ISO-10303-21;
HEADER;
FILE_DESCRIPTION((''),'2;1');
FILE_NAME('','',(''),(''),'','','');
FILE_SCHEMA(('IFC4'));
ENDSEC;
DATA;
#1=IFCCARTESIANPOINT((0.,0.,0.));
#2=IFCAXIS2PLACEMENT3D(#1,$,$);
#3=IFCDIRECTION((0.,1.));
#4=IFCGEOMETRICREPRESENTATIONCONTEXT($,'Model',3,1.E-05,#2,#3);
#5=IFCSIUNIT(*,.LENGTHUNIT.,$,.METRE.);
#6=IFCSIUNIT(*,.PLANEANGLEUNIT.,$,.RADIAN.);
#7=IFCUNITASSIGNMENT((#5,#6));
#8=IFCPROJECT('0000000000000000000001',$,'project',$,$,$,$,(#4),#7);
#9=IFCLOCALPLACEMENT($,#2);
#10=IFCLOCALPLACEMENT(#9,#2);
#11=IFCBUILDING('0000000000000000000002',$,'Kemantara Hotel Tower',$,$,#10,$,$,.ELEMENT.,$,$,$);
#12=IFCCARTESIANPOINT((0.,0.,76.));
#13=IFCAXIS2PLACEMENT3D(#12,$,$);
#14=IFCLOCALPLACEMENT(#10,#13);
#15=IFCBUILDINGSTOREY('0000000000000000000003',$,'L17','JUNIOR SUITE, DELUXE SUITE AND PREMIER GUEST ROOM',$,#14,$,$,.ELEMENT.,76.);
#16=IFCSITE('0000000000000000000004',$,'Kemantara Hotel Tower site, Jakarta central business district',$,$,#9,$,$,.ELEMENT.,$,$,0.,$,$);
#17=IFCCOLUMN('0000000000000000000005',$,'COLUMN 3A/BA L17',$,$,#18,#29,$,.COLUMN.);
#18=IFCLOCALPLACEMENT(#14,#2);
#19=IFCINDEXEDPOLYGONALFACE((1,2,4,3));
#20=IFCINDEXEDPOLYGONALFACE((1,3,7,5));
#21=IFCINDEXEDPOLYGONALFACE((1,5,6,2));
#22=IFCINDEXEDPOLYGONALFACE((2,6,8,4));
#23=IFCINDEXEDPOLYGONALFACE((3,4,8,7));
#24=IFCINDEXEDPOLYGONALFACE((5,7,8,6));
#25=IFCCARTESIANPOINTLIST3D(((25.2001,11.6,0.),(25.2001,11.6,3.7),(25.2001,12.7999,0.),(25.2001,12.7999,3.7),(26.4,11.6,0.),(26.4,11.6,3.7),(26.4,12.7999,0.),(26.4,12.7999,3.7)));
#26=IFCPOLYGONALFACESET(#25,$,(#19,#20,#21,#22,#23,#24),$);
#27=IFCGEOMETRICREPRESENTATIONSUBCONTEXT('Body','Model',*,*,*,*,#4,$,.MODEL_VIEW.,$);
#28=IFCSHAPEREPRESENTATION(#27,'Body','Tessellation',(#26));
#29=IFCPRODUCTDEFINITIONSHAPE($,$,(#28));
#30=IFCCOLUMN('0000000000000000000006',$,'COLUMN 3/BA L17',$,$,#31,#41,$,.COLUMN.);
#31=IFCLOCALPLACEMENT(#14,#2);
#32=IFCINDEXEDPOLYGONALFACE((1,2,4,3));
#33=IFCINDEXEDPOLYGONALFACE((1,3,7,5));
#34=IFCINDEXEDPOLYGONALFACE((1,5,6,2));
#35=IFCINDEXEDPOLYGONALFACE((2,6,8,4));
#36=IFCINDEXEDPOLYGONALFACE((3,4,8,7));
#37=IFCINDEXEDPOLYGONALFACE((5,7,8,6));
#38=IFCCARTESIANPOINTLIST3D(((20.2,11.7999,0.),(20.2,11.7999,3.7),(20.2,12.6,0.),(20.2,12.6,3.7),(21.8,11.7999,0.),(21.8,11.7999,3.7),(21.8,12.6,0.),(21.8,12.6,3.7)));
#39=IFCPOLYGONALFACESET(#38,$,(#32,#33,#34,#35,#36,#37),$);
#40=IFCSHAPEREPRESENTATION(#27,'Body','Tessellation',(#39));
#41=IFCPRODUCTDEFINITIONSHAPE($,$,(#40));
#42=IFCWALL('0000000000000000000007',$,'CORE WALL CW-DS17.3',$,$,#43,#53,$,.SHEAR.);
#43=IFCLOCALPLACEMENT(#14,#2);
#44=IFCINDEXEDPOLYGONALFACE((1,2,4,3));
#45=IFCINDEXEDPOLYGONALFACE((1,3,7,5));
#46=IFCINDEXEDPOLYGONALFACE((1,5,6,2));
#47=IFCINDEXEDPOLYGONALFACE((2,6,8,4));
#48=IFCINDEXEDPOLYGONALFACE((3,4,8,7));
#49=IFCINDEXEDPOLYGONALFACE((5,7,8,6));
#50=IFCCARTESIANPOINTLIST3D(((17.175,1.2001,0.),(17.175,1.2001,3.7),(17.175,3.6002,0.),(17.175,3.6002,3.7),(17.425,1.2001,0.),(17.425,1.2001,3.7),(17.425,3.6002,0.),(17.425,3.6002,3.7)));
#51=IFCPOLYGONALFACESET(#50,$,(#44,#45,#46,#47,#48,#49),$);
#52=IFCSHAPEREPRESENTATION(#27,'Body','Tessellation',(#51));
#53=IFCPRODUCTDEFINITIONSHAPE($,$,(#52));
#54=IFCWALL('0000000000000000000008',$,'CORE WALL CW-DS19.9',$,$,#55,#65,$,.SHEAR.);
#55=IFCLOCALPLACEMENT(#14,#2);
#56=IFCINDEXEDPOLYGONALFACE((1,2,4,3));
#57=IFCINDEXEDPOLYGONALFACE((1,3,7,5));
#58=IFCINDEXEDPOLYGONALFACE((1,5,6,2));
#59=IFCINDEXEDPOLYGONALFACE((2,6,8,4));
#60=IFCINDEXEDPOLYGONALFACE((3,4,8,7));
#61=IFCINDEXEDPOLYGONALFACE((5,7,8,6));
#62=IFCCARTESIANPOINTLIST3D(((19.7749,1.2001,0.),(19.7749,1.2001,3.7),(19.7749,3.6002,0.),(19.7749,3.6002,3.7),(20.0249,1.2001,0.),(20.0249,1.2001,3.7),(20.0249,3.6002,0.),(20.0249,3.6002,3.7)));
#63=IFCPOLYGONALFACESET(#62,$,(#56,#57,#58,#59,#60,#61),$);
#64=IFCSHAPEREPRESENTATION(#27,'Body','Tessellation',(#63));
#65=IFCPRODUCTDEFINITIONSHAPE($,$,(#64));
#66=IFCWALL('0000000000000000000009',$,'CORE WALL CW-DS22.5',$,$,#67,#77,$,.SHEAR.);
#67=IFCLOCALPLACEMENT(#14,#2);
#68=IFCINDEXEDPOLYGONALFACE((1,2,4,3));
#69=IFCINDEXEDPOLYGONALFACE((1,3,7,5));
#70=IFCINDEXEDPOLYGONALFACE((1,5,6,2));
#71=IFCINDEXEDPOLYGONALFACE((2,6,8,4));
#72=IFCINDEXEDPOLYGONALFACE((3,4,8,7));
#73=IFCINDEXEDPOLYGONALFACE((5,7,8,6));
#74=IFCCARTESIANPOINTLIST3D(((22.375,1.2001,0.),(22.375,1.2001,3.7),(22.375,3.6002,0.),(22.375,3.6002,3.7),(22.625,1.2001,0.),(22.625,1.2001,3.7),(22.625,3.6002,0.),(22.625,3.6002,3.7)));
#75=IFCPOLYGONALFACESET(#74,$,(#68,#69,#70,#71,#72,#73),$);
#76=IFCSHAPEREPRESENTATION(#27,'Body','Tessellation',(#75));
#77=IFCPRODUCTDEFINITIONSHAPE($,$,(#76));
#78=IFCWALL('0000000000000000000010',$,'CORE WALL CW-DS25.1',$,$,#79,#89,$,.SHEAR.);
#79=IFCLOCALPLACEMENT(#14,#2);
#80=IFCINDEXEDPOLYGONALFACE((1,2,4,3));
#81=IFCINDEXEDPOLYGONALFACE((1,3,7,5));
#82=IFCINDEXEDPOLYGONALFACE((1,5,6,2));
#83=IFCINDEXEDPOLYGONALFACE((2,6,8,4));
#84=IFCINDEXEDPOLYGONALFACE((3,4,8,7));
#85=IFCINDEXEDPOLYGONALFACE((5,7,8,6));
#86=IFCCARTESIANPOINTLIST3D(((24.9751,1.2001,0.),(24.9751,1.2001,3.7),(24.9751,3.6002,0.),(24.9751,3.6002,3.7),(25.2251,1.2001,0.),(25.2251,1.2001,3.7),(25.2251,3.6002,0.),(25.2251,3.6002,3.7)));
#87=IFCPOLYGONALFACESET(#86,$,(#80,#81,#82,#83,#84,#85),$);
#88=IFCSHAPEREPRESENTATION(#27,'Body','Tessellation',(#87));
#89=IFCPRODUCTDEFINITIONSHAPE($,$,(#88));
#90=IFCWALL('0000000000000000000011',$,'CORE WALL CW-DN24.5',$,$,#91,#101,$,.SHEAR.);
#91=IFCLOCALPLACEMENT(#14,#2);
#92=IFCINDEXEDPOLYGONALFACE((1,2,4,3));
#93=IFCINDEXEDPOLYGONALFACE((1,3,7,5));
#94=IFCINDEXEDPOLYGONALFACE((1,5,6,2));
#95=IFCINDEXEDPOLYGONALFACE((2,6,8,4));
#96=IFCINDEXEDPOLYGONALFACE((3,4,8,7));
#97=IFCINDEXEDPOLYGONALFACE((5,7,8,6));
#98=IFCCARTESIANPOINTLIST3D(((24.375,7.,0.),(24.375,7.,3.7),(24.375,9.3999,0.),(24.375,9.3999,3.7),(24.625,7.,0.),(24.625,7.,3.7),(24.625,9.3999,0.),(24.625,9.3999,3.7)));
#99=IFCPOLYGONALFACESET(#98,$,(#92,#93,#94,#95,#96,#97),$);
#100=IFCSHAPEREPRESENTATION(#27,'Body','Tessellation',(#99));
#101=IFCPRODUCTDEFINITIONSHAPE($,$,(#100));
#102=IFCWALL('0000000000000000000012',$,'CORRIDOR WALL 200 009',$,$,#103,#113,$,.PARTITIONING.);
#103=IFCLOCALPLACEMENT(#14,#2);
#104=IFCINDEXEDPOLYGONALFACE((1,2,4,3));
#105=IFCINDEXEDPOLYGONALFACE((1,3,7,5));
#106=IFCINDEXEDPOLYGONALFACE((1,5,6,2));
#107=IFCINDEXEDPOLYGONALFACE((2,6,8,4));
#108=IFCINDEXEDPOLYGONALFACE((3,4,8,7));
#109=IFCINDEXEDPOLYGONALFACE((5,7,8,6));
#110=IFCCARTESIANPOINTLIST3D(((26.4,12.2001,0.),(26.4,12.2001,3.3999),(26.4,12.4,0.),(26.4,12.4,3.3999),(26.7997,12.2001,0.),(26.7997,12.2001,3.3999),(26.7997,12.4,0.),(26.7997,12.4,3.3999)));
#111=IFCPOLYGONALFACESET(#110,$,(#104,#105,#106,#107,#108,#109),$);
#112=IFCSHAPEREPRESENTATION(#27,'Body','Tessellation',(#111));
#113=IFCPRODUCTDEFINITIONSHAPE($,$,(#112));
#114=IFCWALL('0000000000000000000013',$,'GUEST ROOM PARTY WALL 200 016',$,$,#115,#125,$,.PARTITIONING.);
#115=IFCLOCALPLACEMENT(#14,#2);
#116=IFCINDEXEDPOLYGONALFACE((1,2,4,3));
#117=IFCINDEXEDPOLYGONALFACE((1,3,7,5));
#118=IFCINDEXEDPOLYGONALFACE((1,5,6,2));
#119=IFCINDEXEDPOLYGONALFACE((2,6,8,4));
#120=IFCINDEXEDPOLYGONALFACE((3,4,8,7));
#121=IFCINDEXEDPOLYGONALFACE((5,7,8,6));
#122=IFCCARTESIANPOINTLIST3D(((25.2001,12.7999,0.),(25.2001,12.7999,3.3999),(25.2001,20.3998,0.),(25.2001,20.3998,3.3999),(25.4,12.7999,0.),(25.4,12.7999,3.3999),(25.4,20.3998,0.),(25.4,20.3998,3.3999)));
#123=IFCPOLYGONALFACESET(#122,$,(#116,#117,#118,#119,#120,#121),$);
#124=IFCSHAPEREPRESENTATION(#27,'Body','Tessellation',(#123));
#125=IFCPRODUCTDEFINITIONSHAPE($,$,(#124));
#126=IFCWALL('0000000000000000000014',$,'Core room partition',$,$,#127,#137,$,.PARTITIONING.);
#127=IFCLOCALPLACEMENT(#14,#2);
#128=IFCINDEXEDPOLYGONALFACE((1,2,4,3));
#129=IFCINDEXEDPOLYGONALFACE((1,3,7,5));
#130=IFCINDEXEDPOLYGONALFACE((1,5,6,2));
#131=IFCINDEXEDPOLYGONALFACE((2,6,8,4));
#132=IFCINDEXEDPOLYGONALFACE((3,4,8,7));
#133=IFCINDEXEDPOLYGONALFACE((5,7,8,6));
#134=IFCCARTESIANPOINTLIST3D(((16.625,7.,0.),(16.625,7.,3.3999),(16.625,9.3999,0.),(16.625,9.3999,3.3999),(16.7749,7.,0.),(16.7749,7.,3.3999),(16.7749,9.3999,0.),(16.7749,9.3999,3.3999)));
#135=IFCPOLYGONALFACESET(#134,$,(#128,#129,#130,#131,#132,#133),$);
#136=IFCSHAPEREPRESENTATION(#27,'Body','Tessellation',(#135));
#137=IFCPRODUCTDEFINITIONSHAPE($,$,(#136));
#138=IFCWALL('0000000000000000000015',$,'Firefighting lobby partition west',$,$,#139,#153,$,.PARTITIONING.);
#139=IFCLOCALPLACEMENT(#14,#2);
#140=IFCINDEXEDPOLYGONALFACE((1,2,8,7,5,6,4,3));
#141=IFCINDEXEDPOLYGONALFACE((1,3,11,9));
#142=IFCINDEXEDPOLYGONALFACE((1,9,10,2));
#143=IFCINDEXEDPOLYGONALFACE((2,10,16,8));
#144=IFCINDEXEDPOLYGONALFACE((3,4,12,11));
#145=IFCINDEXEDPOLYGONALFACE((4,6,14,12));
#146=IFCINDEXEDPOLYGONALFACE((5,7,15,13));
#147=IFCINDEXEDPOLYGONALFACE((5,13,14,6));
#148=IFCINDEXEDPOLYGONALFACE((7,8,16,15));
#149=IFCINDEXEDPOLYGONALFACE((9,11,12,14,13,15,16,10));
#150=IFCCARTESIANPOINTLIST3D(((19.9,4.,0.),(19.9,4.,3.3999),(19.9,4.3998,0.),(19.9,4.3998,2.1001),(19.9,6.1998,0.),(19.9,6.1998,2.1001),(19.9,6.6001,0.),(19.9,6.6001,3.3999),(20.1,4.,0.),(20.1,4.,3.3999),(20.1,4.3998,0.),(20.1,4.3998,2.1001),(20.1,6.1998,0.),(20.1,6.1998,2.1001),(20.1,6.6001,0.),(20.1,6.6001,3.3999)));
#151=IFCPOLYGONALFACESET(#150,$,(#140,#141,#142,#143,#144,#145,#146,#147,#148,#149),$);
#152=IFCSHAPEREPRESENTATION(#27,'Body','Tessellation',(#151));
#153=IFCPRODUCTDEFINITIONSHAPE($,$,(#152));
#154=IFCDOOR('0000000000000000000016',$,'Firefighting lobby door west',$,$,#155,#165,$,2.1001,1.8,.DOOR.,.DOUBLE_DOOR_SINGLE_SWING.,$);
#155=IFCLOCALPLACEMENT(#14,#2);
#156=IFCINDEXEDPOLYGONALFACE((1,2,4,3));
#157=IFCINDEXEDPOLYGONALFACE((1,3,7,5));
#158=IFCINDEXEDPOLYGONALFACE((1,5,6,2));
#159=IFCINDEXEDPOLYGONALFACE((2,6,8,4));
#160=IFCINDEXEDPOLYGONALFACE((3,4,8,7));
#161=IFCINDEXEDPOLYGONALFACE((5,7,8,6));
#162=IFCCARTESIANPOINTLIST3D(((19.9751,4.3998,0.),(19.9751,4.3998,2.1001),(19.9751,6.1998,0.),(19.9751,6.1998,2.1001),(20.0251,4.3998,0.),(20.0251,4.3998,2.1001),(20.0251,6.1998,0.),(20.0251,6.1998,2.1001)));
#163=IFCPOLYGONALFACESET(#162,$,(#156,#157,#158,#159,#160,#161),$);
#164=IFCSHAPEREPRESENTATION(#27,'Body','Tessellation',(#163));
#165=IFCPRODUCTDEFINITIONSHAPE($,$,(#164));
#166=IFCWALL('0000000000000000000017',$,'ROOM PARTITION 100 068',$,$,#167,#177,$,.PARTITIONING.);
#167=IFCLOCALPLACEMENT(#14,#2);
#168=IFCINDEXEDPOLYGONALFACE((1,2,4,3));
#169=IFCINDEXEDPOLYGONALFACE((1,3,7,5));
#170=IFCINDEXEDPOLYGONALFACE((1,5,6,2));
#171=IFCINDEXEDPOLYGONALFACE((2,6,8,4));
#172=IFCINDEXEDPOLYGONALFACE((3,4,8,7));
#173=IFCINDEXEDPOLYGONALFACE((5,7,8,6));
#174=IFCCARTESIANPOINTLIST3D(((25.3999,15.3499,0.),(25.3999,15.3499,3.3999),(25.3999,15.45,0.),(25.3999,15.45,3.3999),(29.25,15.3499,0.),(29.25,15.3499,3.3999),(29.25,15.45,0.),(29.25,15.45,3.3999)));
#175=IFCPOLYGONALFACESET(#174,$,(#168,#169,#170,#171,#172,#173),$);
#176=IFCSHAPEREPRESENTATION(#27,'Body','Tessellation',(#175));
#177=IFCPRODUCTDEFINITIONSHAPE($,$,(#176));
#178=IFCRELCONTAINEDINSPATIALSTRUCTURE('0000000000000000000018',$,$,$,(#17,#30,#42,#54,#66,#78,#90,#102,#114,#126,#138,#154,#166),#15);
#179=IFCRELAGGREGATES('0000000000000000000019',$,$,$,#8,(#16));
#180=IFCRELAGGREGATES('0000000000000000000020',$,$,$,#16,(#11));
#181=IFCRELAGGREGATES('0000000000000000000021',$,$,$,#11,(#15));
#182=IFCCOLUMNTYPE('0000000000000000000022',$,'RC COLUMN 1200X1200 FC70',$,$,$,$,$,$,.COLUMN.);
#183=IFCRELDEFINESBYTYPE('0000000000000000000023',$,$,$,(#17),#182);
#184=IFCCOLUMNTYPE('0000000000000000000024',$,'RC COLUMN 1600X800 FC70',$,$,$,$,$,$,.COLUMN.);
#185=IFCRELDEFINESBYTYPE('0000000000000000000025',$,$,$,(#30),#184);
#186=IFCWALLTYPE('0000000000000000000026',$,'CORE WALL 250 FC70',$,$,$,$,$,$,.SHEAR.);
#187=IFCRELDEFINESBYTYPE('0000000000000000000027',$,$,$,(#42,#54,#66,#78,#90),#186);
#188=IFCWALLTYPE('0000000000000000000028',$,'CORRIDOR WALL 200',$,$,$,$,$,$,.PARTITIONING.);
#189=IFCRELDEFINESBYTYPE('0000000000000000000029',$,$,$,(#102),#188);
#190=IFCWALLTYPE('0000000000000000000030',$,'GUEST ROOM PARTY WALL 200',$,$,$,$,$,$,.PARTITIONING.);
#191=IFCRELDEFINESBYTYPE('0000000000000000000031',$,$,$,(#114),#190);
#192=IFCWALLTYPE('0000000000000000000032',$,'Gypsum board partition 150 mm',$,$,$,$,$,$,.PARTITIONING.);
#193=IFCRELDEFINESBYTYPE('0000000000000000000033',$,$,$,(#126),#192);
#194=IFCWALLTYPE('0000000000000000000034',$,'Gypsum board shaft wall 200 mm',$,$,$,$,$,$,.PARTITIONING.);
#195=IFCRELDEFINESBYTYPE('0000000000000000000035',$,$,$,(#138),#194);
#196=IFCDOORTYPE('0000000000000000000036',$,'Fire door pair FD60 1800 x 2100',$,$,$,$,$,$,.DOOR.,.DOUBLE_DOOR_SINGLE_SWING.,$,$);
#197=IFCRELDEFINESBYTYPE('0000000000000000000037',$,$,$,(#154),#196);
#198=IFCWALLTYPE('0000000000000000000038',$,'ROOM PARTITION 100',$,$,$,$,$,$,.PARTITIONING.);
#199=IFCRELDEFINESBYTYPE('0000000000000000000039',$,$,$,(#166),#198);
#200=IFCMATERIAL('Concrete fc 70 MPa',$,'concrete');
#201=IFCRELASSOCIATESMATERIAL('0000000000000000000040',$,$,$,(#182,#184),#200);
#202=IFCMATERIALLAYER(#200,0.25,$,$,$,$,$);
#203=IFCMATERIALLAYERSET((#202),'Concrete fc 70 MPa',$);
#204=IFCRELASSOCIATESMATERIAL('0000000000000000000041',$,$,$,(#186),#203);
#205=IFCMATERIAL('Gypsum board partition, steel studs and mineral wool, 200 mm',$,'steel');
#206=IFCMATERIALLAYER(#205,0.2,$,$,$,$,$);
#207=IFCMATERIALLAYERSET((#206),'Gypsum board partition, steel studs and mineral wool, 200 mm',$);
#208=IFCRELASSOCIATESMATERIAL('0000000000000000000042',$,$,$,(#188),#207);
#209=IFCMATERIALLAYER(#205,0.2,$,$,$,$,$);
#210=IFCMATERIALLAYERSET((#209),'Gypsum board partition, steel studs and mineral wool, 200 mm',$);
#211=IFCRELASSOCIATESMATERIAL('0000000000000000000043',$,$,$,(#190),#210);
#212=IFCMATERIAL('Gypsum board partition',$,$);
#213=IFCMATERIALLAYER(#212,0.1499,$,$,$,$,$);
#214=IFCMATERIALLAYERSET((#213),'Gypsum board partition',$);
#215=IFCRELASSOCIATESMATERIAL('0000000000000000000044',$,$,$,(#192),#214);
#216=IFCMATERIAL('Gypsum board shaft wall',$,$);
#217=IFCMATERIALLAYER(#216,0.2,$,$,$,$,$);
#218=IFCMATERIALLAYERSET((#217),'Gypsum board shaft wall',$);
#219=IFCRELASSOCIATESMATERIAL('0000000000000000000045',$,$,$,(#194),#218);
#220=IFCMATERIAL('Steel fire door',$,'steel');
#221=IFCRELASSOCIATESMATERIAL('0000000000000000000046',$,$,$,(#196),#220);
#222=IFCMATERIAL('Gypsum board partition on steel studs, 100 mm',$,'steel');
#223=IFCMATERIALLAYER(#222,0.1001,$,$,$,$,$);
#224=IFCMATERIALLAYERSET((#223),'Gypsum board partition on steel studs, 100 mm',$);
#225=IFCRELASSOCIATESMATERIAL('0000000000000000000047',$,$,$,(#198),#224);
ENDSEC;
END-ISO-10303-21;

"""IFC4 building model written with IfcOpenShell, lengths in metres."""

from ifc_helpers import new_model, si_unit, direction, frame, frame_2d, origin, origin_2d, place, context, subcontext, project, spatial, rectangle, extrude, material, layer, layer_set, material_profile, profile_set, type_object, element, fill, save


model = new_model("IFC4")

# Units and contexts
model_context = context("Model", 3, precision=1e-05, world=origin(), true_north=direction((0.0, 1.0)))
body_context = subcontext(model_context, "Body", "Model", "MODEL_VIEW")
ifc_project = project(units=[si_unit("LENGTHUNIT", "METRE"), si_unit("PLANEANGLEUNIT", "RADIAN")], contexts=[model_context])

# Site, building, storey
site_placement = place(None, origin())
site = spatial("IfcSite", under=ifc_project, at=site_placement, Name="Kemantara Hotel Tower site, Jakarta central business district", CompositionType="ELEMENT", RefElevation=0.0)
building_placement = place(site_placement, origin())
building = spatial("IfcBuilding", under=site, at=building_placement, Name="Kemantara Hotel Tower", CompositionType="ELEMENT")
storey_placement = place(building_placement, frame((0.0, 0.0, 76.0)))
storey = spatial("IfcBuildingStorey", under=building, at=storey_placement, Name="L17", Description="JUNIOR SUITE, DELUXE SUITE AND PREMIER GUEST ROOM", CompositionType="ELEMENT", Elevation=76.0)

# Columns
ifc_material_1 = material(Name="Concrete fc 70 MPa", Category="concrete")
ifc_material_profile_1 = material_profile(ifc_material_1, rectangle(XDim=1.2, YDim=1.2, at=origin_2d()), Name="RC 1200X1200")
ifc_profile_set_1 = profile_set([ifc_material_profile_1], Name="Concrete fc 70 MPa")
column_type_1 = type_object("IfcColumnType", Name="RC COLUMN 1200X1200 FC70", PredefinedType="COLUMN", material=ifc_profile_set_1)
column_1_placement = place(storey_placement, frame((25.8, 12.2, 0.0), z_axis=(0.0, 0.0, 1.0), x_axis=(1.0, 0.0, 0.0)))
element("IfcColumn", 1, at=column_1_placement, inside=storey, type_object=column_type_1, Name="COLUMN 3A/BA L17", PredefinedType="COLUMN", context=body_context, shape_type="SweptSolid", body=[
    extrude(rectangle(XDim=1.2, YDim=1.2, at=origin_2d()), origin(), (0.0, 0.0, 1.0), 3.7),
])
ifc_material_profile_2 = material_profile(ifc_material_1, rectangle(XDim=1.6001, YDim=0.8, at=origin_2d()), Name="RC 1600X800")
ifc_profile_set_2 = profile_set([ifc_material_profile_2], Name="Concrete fc 70 MPa")
column_type_2 = type_object("IfcColumnType", Name="RC COLUMN 1600X800 FC70", PredefinedType="COLUMN", material=ifc_profile_set_2)
column_2_placement = place(storey_placement, frame((21.0, 12.2, 0.0), z_axis=(0.0, 0.0, 1.0), x_axis=(1.0, 0.0, 0.0)))
element("IfcColumn", 2, at=column_2_placement, inside=storey, type_object=column_type_2, Name="COLUMN 3/BA L17", PredefinedType="COLUMN", context=body_context, shape_type="SweptSolid", body=[
    extrude(rectangle(XDim=1.6001, YDim=0.8, at=origin_2d()), origin(), (0.0, 0.0, 1.0), 3.7),
])

# Walls
ifc_layer_1 = layer(ifc_material_1, 0.25)
ifc_layer_set_1 = layer_set([ifc_layer_1], Name="Concrete fc 70 MPa")
wall_type_1 = type_object("IfcWallType", Name="CORE WALL 250 FC70", PredefinedType="SHEAR", material=ifc_layer_set_1)
for number, where, z_axis, x_axis, name in (
    (3, (17.3, 1.2, 0.0), (0.0, 0.0, 1.0), (0.0, 1.0, 0.0), "CORE WALL CW-DS17.3"),
    (4, (19.8999, 1.2, 0.0), (0.0, 0.0, 1.0), (0.0, 1.0, 0.0), "CORE WALL CW-DS19.9"),
    (5, (22.5, 1.2, 0.0), (0.0, 0.0, 1.0), (0.0, 1.0, 0.0), "CORE WALL CW-DS22.5"),
    (6, (25.1001, 1.2, 0.0), (0.0, 0.0, 1.0), (0.0, 1.0, 0.0), "CORE WALL CW-DS25.1"),
):
    element("IfcWall", number, at=place(storey_placement, frame(where, z_axis=z_axis, x_axis=x_axis)), inside=storey, type_object=wall_type_1, Name=name, PredefinedType="SHEAR", context=body_context, shape_type="SweptSolid", body=[
        extrude(rectangle(XDim=2.4001, YDim=0.25, at=frame_2d((1.2002, 0.0))), origin(), (0.0, 0.0, 1.0), 3.7),
    ])
wall_1_placement = place(storey_placement, frame((24.5, 7.0, 0.0), z_axis=(0.0, 0.0, 1.0), x_axis=(0.0, 1.0, 0.0)))
element("IfcWall", 7, at=wall_1_placement, inside=storey, type_object=wall_type_1, Name="CORE WALL CW-DN24.5", PredefinedType="SHEAR", context=body_context, shape_type="SweptSolid", body=[
    extrude(rectangle(XDim=2.3999, YDim=0.25, at=frame_2d((1.2, 0.0))), origin(), (0.0, 0.0, 1.0), 3.7),
])
ifc_material_2 = material(Name="Gypsum board partition, steel studs and mineral wool, 200 mm", Category="steel")
ifc_layer_2 = layer(ifc_material_2, 0.2)
ifc_layer_set_2 = layer_set([ifc_layer_2], Name="Gypsum board partition, steel studs and mineral wool, 200 mm")
wall_type_2 = type_object("IfcWallType", Name="CORRIDOR WALL 200", PredefinedType="PARTITIONING", material=ifc_layer_set_2)
wall_2_placement = place(storey_placement, frame((26.4001, 12.3, 0.0), z_axis=(0.0, 0.0, 1.0), x_axis=(1.0, 0.0, 0.0)))
element("IfcWall", 8, at=wall_2_placement, inside=storey, type_object=wall_type_2, Name="CORRIDOR WALL 200 009", PredefinedType="PARTITIONING", context=body_context, shape_type="SweptSolid", body=[
    extrude(rectangle(XDim=0.3997, YDim=0.2, at=frame_2d((0.1997, 0.0))), origin(), (0.0, 0.0, 1.0), 3.3999),
])
ifc_layer_3 = layer(ifc_material_2, 0.2)
ifc_layer_set_3 = layer_set([ifc_layer_3], Name="Gypsum board partition, steel studs and mineral wool, 200 mm")
wall_type_3 = type_object("IfcWallType", Name="GUEST ROOM PARTY WALL 200", PredefinedType="PARTITIONING", material=ifc_layer_set_3)
wall_3_placement = place(storey_placement, frame((25.3, 12.8, 0.0), z_axis=(0.0, 0.0, 1.0), x_axis=(0.0, 1.0, 0.0)))
element("IfcWall", 9, at=wall_3_placement, inside=storey, type_object=wall_type_3, Name="GUEST ROOM PARTY WALL 200 016", PredefinedType="PARTITIONING", context=body_context, shape_type="SweptSolid", body=[
    extrude(rectangle(XDim=7.5999, YDim=0.2, at=frame_2d((3.7998, 0.0))), origin(), (0.0, 0.0, 1.0), 3.3999),
])
ifc_material_3 = material(Name="Gypsum board partition")
ifc_layer_4 = layer(ifc_material_3, 0.1499)
ifc_layer_set_4 = layer_set([ifc_layer_4], Name="Gypsum board partition")
wall_type_4 = type_object("IfcWallType", Name="Gypsum board partition 150 mm", PredefinedType="PARTITIONING", material=ifc_layer_set_4)
wall_4_placement = place(storey_placement, frame((16.7, 7.0, 0.0), z_axis=(0.0, 0.0, 1.0), x_axis=(0.0, 1.0, 0.0)))
element("IfcWall", 10, at=wall_4_placement, inside=storey, type_object=wall_type_4, Name="Core room partition", PredefinedType="PARTITIONING", context=body_context, shape_type="SweptSolid", body=[
    extrude(rectangle(XDim=2.3999, YDim=0.1499, at=frame_2d((1.2, 0.0))), origin(), (0.0, 0.0, 1.0), 3.3999),
])

# Wall, opening, door
ifc_material_4 = material(Name="Gypsum board shaft wall")
ifc_layer_5 = layer(ifc_material_4, 0.2)
ifc_layer_set_5 = layer_set([ifc_layer_5], Name="Gypsum board shaft wall")
wall_type_5 = type_object("IfcWallType", Name="Gypsum board shaft wall 200 mm", PredefinedType="PARTITIONING", material=ifc_layer_set_5)
wall_5_placement = place(storey_placement, frame((20.0, 4.0, 0.0), z_axis=(0.0, 0.0, 1.0), x_axis=(0.0, 1.0, 0.0)))
wall_5 = element("IfcWall", 11, at=wall_5_placement, inside=storey, type_object=wall_type_5, Name="Firefighting lobby partition west", PredefinedType="PARTITIONING", context=body_context, shape_type="SweptSolid", body=[
    extrude(rectangle(XDim=2.6001, YDim=0.2, at=frame_2d((1.3, 0.0))), origin(), (0.0, 0.0, 1.0), 3.3999),
])
opening_placement = place(wall_5_placement, frame((0.3999, 0.0, 0.0)))
opening = element("IfcOpeningElement", 12, at=opening_placement, cuts=wall_5, PredefinedType="OPENING", context=body_context, shape_type="SweptSolid", body=[
    extrude(rectangle(XDim=1.8, YDim=2.1001, at=frame_2d((0.8999, 1.05))), frame((0.0, 0.1099, 0.0), z_axis=(0.0, -1.0, 0.0), x_axis=(1.0, 0.0, 0.0)), (0.0, 0.0, 1.0), 0.22),
])
ifc_material_5 = material(Name="Steel fire door", Category="steel")
door_type = type_object("IfcDoorType", Name="Fire door pair FD60 1800 x 2100", OperationType="DOUBLE_DOOR_SINGLE_SWING", PredefinedType="DOOR", material=ifc_material_5)
door_placement = place(opening_placement, origin())
door = element("IfcDoor", 13, at=door_placement, inside=storey, type_object=door_type, Name="Firefighting lobby door west", OperationType="DOUBLE_DOOR_SINGLE_SWING", OverallHeight=2.1001, OverallWidth=1.8, PredefinedType="DOOR", context=body_context, shape_type="SweptSolid", body=[
    extrude(rectangle(XDim=1.8, YDim=2.1001, at=frame_2d((0.8999, 1.05))), frame((0.0, 0.0249, 0.0), z_axis=(0.0, -1.0, 0.0), x_axis=(1.0, 0.0, 0.0)), (0.0, 0.0, 1.0), 0.05),
])
fill(opening, door)

# Wall
ifc_material_6 = material(Name="Gypsum board partition on steel studs, 100 mm", Category="steel")
ifc_layer_6 = layer(ifc_material_6, 0.1001)
ifc_layer_set_6 = layer_set([ifc_layer_6], Name="Gypsum board partition on steel studs, 100 mm")
wall_type_6 = type_object("IfcWallType", Name="ROOM PARTITION 100", PredefinedType="PARTITIONING", material=ifc_layer_set_6)
wall_6_placement = place(storey_placement, frame((25.3999, 15.3999, 0.0), z_axis=(0.0, 0.0, 1.0), x_axis=(1.0, 0.0, 0.0)))
element("IfcWall", 14, at=wall_6_placement, inside=storey, type_object=wall_type_6, Name="ROOM PARTITION 100 068", PredefinedType="PARTITIONING", context=body_context, shape_type="SweptSolid", body=[
    extrude(rectangle(XDim=3.8501, YDim=0.1001, at=frame_2d((1.925, 0.0))), origin(), (0.0, 0.0, 1.0), 3.3999),
])

save(model, "model.ifc")
